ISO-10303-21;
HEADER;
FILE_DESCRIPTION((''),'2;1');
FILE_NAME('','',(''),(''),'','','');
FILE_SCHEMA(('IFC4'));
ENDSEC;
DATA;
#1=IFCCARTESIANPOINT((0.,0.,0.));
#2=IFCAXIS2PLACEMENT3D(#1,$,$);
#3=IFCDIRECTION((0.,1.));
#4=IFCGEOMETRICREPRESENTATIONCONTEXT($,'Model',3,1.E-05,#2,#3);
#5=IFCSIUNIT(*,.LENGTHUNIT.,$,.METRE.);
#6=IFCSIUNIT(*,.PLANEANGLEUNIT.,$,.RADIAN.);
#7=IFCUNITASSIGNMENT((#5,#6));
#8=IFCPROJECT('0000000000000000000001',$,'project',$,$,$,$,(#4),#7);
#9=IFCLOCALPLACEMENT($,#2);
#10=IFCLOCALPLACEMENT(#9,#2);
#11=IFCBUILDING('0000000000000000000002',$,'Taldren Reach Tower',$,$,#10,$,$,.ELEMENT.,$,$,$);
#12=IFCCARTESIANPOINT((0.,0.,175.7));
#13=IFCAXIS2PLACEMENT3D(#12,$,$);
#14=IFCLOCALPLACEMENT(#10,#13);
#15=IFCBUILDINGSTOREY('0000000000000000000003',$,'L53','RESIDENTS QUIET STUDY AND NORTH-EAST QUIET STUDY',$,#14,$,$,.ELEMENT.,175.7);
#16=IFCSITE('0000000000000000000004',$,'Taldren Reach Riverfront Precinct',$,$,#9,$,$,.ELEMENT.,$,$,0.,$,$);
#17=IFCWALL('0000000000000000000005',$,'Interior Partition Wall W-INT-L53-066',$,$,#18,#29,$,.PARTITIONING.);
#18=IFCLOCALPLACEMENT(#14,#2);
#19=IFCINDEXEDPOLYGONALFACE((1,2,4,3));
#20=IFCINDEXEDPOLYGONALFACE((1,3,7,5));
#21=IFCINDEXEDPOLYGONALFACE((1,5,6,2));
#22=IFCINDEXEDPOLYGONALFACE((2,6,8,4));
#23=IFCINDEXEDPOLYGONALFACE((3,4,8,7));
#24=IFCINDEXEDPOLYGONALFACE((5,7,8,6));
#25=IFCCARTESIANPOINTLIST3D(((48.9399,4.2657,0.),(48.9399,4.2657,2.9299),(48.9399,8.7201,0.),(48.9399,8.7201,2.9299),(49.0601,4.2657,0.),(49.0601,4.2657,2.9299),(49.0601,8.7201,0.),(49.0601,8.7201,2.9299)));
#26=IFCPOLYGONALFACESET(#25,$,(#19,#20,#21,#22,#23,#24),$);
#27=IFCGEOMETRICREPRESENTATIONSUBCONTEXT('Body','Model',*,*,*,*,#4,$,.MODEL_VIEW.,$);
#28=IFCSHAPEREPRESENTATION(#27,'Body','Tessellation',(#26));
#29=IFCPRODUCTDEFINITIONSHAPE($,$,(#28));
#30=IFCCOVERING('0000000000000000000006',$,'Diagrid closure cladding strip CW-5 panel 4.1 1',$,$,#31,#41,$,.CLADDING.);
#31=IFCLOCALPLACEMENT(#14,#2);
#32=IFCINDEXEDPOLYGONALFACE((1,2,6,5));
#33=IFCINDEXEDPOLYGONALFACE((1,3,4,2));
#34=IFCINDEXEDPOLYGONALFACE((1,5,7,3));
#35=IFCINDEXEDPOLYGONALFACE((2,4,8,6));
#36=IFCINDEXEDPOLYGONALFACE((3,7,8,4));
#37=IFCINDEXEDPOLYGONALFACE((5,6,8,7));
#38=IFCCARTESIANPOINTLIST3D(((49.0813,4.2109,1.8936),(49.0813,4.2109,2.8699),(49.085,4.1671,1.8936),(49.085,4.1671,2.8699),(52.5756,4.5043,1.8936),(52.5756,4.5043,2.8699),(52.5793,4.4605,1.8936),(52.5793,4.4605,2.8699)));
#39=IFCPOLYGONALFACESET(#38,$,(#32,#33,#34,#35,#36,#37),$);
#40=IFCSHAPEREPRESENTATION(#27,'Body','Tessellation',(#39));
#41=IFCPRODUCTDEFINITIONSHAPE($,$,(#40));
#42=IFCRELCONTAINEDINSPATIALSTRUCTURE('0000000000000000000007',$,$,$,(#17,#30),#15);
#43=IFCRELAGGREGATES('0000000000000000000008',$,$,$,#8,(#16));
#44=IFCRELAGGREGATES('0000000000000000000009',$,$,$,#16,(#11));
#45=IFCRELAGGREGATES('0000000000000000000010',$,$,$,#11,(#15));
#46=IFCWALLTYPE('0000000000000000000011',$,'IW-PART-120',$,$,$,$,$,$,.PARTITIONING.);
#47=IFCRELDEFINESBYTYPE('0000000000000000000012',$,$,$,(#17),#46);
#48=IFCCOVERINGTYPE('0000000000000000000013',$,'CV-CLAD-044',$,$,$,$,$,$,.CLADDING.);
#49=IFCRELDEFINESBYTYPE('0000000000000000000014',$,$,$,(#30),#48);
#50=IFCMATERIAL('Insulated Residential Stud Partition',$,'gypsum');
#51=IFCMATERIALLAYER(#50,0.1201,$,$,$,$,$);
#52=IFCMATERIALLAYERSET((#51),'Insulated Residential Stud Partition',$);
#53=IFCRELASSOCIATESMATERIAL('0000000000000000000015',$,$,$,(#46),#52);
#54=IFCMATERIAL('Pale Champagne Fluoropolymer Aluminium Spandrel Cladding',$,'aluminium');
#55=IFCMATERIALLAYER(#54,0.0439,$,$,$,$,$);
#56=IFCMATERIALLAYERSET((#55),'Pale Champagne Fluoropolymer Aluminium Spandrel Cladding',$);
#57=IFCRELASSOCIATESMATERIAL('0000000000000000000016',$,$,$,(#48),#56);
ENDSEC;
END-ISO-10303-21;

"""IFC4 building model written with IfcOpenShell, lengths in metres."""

from ifc_helpers import new_model, si_unit, direction, frame, frame_2d, origin, origin_2d, place, context, subcontext, project, spatial, rectangle, extrude, source, transform, mapped, material, layer, layer_set, type_object, element, save


model = new_model("IFC4")

# Units and contexts
model_context = context("Model", 3, precision=1e-05, world=origin(), true_north=direction((0.0, 1.0)))
body_context = subcontext(model_context, "Body", "Model", "MODEL_VIEW")
ifc_project = project(units=[si_unit("LENGTHUNIT", "METRE"), si_unit("PLANEANGLEUNIT", "RADIAN")], contexts=[model_context])

# Site, building, storey
site_placement = place(None, origin())
site = spatial("IfcSite", under=ifc_project, at=site_placement, Name="Taldren Reach Riverfront Precinct", CompositionType="ELEMENT", RefElevation=0.0)
building_placement = place(site_placement, origin())
building = spatial("IfcBuilding", under=site, at=building_placement, Name="Taldren Reach Tower", CompositionType="ELEMENT")
storey_placement = place(building_placement, frame((0.0, 0.0, 175.7)))
storey = spatial("IfcBuildingStorey", under=building, at=storey_placement, Name="L53", Description="RESIDENTS QUIET STUDY AND NORTH-EAST QUIET STUDY", CompositionType="ELEMENT", Elevation=175.7)

# Shared definitions
ifc_material_1 = material(Name="Insulated Residential Stud Partition", Category="gypsum")
ifc_layer_1 = layer(ifc_material_1, 0.1201)
ifc_layer_set_1 = layer_set([ifc_layer_1], Name="Insulated Residential Stud Partition")
wall_type_1 = type_object("IfcWallType", Name="IW-PART-120", PredefinedType="PARTITIONING", material=ifc_layer_set_1)

# Wall
shared_shape_1 = source(origin(), body_context, "Body", "SweptSolid", [
    extrude(rectangle(XDim=4.4543, YDim=0.1201, at=frame_2d((2.2271, 0.0))), origin(), (0.0, 0.0, 1.0), 2.9299),
])
wall_1_placement = place(storey_placement, frame((49.0, 8.72, 0.0), z_axis=(0.0, 0.0, 1.0), x_axis=(0.0, -1.0, 0.0)))
element("IfcWall", 1, at=wall_1_placement, inside=storey, type_object=wall_type_1, Name="Interior Partition Wall W-INT-L53-066", PredefinedType="PARTITIONING", context=body_context, shape_type="MappedRepresentation", body=[
    mapped(shared_shape_1, transform((0.0, 0.0, 0.0), scale=1.0)),
])

# Covering
ifc_material_2 = material(Name="Pale Champagne Fluoropolymer Aluminium Spandrel Cladding", Category="aluminium")
ifc_layer_2 = layer(ifc_material_2, 0.0439)
ifc_layer_set_2 = layer_set([ifc_layer_2], Name="Pale Champagne Fluoropolymer Aluminium Spandrel Cladding")
covering_type = type_object("IfcCoveringType", Name="CV-CLAD-044", PredefinedType="CLADDING", material=ifc_layer_set_2)
shared_shape_2 = source(origin(), body_context, "Body", "SweptSolid", [
    extrude(rectangle(XDim=3.5066, YDim=0.0439, at=origin_2d()), origin(), (0.0, 0.0, 1.0), 0.9763),
])
covering_placement = place(storey_placement, frame((50.8303, 4.3357, 1.8936), z_axis=(0.0, 0.0, 1.0), x_axis=(0.996493, 0.083678, 0.0)))
element("IfcCovering", 2, at=covering_placement, inside=storey, type_object=covering_type, Name="Diagrid closure cladding strip CW-5 panel 4.1 1", PredefinedType="CLADDING", context=body_context, shape_type="MappedRepresentation", body=[
    mapped(shared_shape_2, transform((0.0, 0.0, 0.0), scale=1.0)),
])

save(model, "model.ifc")
